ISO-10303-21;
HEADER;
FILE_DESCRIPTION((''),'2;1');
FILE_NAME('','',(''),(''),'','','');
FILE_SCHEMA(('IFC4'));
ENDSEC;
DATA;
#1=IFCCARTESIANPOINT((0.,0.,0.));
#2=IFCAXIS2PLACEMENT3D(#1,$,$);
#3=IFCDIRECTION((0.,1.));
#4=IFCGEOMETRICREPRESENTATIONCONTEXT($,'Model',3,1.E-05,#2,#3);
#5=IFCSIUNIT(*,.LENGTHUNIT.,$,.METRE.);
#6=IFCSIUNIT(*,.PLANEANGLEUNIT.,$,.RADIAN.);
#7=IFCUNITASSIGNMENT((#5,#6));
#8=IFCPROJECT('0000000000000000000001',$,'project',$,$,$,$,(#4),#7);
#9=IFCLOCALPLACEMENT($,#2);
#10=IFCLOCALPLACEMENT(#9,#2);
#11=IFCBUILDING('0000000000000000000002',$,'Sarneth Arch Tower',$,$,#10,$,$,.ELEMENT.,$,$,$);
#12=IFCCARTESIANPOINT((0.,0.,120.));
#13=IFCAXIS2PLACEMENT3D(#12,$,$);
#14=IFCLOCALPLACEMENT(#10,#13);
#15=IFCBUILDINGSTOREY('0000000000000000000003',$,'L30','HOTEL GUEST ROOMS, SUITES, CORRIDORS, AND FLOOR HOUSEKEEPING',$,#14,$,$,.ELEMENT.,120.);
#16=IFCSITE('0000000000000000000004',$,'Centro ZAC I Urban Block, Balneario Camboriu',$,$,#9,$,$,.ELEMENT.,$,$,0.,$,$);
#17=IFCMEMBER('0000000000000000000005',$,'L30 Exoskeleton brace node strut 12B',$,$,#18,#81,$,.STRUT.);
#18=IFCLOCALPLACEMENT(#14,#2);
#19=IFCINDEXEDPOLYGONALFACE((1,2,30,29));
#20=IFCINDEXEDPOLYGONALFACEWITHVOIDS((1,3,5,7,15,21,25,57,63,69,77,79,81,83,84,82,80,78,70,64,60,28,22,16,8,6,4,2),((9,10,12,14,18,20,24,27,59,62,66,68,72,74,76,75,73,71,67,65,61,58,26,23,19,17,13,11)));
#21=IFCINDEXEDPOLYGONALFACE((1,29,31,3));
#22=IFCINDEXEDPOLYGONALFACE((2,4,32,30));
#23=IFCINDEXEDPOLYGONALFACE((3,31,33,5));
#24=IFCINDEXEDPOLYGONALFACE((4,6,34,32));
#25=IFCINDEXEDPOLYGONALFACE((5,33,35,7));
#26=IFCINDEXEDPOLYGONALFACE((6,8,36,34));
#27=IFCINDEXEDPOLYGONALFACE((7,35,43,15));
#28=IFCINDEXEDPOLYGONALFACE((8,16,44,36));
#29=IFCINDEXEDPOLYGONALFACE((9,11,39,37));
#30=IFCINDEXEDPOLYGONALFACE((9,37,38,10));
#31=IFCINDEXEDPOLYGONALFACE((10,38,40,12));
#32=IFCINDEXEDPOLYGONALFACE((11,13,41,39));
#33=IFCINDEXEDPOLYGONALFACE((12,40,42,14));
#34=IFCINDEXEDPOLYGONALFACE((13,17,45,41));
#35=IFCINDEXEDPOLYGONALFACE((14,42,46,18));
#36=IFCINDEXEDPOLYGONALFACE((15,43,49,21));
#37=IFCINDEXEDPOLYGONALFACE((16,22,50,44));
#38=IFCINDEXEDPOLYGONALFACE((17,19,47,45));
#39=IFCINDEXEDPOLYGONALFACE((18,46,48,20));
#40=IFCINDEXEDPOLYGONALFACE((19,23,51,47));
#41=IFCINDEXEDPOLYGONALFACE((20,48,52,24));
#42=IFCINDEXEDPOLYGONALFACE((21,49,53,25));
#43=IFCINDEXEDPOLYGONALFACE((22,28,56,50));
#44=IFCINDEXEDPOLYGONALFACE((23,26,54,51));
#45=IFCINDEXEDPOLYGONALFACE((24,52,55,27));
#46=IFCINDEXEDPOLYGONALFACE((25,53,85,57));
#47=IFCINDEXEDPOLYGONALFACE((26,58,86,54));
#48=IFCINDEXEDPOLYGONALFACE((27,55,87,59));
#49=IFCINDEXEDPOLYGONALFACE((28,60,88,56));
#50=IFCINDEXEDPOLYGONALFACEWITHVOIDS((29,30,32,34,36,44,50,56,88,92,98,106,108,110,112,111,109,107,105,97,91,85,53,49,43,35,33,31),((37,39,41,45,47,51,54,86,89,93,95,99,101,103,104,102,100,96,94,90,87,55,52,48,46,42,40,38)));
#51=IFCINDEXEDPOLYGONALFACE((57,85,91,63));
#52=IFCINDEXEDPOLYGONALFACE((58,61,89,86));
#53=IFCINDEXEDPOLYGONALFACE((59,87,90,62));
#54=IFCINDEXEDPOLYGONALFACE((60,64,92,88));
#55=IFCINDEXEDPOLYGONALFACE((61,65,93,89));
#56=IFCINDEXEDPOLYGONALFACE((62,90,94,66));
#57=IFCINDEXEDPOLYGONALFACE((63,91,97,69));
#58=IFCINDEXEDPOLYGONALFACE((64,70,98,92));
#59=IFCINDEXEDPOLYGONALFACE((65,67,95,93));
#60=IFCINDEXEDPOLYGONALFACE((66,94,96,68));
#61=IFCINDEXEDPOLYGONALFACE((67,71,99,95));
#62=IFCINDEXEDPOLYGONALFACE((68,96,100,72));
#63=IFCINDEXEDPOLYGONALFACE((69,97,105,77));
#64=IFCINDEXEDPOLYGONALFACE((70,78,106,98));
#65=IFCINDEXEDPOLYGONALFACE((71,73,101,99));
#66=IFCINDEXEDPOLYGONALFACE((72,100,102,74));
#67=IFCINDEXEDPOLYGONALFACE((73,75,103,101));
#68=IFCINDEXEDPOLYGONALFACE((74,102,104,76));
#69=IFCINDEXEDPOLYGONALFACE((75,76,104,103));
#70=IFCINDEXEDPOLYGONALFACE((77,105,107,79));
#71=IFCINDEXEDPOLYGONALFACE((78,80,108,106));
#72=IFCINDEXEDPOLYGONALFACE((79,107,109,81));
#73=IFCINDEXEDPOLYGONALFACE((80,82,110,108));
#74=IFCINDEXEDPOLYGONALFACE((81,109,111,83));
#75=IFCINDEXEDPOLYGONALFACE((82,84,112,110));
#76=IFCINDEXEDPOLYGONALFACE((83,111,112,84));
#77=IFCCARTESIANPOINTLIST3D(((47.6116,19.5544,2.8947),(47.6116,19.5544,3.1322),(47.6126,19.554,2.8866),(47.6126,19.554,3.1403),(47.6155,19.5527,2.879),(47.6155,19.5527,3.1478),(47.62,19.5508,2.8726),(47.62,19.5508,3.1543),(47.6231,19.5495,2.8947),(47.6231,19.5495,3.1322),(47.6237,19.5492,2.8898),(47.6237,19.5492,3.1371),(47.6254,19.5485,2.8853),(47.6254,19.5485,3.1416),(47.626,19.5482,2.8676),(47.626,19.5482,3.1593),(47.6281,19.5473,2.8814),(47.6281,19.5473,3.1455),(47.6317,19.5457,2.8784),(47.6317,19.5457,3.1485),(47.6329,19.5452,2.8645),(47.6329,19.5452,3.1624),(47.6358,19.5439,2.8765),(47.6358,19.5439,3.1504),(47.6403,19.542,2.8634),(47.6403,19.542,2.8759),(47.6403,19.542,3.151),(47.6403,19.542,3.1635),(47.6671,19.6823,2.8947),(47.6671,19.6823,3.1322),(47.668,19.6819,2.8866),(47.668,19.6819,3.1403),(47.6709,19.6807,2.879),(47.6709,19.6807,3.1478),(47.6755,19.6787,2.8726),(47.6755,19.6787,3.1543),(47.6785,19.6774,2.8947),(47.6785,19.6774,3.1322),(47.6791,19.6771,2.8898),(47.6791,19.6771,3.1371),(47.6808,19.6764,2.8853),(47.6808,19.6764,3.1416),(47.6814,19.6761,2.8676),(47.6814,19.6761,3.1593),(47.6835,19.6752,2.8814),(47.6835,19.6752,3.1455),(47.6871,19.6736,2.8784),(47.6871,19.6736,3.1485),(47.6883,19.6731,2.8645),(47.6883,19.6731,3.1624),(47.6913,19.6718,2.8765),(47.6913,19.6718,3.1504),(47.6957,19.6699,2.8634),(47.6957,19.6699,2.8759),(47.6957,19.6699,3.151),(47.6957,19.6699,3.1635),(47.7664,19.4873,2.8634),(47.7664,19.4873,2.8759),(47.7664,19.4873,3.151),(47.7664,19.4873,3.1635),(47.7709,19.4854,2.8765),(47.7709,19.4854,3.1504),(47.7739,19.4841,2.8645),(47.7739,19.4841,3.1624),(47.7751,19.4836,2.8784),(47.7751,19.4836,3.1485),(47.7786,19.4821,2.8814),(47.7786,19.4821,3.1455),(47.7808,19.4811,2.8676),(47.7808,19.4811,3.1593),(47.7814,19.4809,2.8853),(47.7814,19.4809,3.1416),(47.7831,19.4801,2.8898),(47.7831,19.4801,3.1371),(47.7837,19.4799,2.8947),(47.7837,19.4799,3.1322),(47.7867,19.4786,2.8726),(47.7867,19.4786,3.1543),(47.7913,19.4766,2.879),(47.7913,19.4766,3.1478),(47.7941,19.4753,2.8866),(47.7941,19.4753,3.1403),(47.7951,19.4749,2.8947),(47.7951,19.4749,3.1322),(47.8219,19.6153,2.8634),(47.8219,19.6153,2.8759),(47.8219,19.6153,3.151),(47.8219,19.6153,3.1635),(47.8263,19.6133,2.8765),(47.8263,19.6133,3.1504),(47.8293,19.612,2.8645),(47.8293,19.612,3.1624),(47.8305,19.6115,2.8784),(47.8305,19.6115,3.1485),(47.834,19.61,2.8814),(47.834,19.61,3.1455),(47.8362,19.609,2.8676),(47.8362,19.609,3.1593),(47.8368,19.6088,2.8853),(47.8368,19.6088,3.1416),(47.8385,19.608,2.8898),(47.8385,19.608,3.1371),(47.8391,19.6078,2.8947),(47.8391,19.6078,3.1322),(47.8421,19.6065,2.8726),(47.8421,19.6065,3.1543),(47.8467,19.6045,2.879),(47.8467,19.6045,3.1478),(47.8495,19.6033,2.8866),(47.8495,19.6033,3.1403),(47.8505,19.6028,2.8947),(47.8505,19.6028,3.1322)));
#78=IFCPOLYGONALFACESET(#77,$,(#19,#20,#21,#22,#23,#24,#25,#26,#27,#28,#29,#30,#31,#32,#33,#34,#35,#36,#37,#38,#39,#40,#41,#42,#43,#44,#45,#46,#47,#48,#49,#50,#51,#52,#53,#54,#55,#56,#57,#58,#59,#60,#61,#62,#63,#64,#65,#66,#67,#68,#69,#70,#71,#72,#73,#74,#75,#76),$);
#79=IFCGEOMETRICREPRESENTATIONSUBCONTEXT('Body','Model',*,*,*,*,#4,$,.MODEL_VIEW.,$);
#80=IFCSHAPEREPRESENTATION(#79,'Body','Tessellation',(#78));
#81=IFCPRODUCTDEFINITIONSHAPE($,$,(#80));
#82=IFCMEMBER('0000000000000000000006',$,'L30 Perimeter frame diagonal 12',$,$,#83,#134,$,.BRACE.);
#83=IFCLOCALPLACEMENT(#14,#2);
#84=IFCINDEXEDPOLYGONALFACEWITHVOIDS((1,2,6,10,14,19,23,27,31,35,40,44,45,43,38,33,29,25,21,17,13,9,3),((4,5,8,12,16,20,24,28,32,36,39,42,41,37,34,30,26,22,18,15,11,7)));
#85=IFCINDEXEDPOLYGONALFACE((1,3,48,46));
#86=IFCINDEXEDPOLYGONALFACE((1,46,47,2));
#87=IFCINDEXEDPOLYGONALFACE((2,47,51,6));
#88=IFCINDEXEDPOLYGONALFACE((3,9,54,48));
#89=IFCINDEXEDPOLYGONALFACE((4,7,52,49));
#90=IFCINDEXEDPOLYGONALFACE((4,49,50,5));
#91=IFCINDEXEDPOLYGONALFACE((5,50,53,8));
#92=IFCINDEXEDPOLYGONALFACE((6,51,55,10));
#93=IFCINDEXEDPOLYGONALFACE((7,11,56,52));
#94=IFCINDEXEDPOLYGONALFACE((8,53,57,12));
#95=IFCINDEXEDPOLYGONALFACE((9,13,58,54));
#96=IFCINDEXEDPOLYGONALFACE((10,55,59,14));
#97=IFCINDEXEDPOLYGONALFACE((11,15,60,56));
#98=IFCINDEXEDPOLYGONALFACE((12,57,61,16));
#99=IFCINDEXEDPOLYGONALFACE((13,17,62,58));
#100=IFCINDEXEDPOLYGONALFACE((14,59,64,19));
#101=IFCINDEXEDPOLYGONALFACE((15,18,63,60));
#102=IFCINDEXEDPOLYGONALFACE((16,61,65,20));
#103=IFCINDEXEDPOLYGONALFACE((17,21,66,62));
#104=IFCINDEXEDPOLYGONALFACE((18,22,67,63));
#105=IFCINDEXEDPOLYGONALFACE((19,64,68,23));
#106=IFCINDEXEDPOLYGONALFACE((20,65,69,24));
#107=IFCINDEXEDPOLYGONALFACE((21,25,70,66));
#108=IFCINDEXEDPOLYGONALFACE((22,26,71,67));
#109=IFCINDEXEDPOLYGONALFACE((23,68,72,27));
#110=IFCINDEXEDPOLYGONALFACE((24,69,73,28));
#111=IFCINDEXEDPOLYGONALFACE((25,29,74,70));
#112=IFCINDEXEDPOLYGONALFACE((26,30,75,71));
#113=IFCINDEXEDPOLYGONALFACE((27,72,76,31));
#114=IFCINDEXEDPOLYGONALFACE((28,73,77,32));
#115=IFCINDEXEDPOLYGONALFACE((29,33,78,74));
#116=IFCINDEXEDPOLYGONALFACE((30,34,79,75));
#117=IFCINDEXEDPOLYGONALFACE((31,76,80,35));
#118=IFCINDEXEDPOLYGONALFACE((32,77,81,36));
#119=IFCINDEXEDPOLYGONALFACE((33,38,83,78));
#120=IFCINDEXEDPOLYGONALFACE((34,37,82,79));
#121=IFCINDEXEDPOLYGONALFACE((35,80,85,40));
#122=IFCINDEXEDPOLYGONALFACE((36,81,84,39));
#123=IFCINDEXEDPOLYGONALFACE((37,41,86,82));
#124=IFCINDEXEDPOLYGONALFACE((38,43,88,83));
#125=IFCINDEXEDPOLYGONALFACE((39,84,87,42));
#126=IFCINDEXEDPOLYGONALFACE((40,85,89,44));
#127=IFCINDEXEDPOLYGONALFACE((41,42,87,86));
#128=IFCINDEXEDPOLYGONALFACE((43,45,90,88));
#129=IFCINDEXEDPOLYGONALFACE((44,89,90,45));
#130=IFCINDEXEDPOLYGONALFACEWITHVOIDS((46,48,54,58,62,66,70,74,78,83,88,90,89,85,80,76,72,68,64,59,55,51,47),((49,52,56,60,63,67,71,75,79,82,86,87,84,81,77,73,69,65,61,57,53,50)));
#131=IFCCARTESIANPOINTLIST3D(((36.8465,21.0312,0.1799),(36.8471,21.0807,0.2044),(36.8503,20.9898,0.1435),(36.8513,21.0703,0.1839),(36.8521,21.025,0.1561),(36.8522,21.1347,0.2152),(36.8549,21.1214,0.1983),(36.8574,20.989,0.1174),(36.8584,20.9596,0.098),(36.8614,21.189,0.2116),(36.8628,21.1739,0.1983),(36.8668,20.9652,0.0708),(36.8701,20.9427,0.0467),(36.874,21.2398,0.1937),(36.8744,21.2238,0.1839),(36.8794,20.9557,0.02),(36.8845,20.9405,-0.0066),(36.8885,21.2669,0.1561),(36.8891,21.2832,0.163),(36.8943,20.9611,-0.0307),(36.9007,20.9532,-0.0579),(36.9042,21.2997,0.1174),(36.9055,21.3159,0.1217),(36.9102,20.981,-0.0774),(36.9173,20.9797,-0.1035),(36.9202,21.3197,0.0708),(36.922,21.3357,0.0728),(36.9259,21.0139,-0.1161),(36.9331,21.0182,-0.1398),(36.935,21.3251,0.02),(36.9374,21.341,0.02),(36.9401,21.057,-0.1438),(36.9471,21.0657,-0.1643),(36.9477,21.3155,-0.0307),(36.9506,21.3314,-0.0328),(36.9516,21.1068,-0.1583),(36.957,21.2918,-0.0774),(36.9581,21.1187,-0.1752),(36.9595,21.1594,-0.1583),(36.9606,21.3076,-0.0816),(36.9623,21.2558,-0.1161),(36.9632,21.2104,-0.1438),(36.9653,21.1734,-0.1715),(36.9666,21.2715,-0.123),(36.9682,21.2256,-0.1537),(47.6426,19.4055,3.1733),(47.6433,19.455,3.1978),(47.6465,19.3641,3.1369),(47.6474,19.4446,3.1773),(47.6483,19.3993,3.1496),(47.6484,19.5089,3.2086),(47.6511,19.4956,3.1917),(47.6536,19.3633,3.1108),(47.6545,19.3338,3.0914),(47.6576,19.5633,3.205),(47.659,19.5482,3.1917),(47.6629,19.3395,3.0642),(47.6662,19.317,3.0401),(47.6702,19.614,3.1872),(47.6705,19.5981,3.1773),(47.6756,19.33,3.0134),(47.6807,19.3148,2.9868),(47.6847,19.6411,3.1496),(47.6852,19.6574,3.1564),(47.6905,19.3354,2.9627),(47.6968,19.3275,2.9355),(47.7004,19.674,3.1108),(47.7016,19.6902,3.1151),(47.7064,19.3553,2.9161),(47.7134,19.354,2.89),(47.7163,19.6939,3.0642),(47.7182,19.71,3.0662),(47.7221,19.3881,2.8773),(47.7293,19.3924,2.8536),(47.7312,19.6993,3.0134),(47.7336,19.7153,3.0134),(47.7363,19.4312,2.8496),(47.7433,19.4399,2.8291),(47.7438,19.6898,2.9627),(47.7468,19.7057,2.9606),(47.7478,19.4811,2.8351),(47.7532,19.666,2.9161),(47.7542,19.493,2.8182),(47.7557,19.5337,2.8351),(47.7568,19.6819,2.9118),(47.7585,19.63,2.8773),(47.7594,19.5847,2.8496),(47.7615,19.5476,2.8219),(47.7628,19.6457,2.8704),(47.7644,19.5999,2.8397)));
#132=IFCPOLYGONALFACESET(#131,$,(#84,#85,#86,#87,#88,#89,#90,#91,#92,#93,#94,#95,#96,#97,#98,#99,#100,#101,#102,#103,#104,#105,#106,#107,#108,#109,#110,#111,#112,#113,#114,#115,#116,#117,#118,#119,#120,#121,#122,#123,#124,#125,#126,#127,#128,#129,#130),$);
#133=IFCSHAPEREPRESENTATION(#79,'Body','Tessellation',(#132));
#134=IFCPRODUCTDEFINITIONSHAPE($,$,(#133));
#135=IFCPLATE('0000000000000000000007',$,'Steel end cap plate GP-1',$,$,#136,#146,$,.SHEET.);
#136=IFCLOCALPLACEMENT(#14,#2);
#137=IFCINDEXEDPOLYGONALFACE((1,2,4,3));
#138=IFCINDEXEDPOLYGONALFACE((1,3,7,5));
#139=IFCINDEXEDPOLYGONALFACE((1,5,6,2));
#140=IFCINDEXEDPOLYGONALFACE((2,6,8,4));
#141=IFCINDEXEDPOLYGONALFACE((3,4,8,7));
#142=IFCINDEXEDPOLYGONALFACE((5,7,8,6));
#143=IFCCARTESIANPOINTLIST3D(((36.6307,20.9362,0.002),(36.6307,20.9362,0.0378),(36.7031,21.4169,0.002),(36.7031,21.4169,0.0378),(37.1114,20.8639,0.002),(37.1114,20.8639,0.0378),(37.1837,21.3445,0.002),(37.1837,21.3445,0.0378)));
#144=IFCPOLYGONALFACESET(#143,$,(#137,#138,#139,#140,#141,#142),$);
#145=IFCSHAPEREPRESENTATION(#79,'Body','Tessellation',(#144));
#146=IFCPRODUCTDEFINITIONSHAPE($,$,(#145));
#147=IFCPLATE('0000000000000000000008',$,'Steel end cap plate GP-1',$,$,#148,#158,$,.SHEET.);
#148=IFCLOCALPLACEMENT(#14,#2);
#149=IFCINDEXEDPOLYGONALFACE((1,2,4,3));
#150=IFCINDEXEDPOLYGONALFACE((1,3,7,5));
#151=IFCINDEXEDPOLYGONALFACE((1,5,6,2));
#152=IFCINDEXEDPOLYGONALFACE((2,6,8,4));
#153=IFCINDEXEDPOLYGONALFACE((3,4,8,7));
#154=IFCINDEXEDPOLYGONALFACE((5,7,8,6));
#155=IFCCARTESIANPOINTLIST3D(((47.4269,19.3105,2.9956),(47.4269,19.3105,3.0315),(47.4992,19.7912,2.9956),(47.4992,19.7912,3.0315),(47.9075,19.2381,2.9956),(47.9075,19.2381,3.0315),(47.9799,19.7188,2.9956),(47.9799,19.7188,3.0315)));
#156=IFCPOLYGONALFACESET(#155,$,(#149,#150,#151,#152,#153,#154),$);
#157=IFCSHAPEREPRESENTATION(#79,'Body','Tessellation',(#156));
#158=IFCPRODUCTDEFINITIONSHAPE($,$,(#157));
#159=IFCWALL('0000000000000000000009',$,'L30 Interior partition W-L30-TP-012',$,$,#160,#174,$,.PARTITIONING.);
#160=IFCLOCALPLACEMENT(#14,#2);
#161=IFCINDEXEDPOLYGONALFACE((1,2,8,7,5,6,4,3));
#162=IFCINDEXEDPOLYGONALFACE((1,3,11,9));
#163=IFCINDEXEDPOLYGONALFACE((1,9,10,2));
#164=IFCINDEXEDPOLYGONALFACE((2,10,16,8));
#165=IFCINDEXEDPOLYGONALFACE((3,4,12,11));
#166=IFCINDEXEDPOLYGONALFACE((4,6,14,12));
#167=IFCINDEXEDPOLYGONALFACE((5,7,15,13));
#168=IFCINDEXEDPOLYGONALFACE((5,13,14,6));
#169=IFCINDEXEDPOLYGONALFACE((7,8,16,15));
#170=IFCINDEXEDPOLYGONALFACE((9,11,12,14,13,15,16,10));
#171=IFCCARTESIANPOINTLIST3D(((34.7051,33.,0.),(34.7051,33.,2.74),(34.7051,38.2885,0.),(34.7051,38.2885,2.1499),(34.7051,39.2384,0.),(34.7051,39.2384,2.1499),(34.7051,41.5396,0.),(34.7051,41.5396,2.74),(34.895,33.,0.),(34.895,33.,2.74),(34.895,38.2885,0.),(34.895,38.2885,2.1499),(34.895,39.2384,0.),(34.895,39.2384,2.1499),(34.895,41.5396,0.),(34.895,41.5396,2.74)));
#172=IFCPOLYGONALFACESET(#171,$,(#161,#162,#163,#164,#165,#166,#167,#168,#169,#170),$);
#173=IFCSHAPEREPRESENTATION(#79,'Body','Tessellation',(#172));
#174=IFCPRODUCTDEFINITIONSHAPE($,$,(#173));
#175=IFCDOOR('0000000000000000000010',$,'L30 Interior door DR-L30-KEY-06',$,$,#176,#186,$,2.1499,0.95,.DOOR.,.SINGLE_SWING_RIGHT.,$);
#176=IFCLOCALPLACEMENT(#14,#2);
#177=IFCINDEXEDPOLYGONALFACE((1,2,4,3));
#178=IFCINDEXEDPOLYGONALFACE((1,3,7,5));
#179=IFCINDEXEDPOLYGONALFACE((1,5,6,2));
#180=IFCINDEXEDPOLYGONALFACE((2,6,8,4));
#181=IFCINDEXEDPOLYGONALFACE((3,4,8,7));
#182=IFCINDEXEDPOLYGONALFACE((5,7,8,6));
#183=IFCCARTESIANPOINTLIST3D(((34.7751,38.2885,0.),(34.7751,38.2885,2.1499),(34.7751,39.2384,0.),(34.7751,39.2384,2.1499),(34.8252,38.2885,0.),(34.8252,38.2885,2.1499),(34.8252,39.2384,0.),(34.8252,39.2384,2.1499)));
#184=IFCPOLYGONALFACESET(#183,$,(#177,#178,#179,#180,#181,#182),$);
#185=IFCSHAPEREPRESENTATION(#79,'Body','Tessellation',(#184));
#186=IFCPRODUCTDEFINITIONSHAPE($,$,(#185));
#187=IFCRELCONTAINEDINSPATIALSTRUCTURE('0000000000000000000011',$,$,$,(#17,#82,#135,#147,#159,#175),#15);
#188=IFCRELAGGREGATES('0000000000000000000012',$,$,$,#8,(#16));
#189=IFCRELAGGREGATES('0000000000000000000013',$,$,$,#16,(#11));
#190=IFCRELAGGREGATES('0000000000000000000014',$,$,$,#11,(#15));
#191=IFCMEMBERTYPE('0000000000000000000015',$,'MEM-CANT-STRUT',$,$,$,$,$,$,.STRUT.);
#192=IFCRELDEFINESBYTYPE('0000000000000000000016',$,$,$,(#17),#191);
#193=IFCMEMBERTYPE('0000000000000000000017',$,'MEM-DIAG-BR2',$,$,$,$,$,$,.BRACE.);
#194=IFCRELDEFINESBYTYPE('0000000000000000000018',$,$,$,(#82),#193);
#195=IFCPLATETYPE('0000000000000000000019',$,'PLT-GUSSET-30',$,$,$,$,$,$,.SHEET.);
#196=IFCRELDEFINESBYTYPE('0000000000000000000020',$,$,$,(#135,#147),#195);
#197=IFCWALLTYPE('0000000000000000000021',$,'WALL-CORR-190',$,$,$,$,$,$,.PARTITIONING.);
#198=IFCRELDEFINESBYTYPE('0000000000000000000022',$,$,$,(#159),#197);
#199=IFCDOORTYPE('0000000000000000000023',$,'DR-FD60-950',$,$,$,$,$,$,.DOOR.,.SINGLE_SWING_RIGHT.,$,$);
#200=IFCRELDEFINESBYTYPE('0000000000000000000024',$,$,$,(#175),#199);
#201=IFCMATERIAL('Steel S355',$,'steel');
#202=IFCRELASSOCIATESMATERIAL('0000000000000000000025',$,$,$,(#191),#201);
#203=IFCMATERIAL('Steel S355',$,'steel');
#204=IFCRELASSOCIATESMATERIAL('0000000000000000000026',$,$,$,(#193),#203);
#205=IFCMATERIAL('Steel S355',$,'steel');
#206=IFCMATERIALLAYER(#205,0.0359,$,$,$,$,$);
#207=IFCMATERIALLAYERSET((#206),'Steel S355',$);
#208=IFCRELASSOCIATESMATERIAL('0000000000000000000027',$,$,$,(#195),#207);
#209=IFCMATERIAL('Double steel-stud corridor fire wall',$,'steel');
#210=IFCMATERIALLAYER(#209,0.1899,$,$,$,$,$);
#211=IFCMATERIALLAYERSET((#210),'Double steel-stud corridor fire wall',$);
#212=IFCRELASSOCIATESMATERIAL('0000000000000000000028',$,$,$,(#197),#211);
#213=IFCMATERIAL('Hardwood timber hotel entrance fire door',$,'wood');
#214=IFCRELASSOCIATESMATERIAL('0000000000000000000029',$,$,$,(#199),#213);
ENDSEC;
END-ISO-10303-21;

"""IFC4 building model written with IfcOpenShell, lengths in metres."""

from ifc_helpers import new_model, si_unit, direction, frame, frame_2d, origin, origin_2d, place, context, subcontext, project, spatial, rectangle, hollow_rectangle, hollow_circle, extrude, material, layer, layer_set, material_profile, profile_set, type_object, element, fill, save


model = new_model("IFC4")

# Units and contexts
model_context = context("Model", 3, precision=1e-05, world=origin(), true_north=direction((0.0, 1.0)))
body_context = subcontext(model_context, "Body", "Model", "MODEL_VIEW")
ifc_project = project(units=[si_unit("LENGTHUNIT", "METRE"), si_unit("PLANEANGLEUNIT", "RADIAN")], contexts=[model_context])

# Site, building, storey
site_placement = place(None, origin())
site = spatial("IfcSite", under=ifc_project, at=site_placement, Name="Centro ZAC I Urban Block, Balneario Camboriu", CompositionType="ELEMENT", RefElevation=0.0)
building_placement = place(site_placement, origin())
building = spatial("IfcBuilding", under=site, at=building_placement, Name="Sarneth Arch Tower", CompositionType="ELEMENT")
storey_placement = place(building_placement, frame((0.0, 0.0, 120.0)))
storey = spatial("IfcBuildingStorey", under=building, at=storey_placement, Name="L30", Description="HOTEL GUEST ROOMS, SUITES, CORRIDORS, AND FLOOR HOUSEKEEPING", CompositionType="ELEMENT", Elevation=120.0)

# Members
ifc_material_1 = material(Name="Steel S355", Category="steel")
ifc_material_profile_1 = material_profile(ifc_material_1, hollow_rectangle(XDim=0.2, YDim=0.3, WallThickness=0.0125, InnerFilletRadius=0.0188, OuterFilletRadius=0.0312, at=origin_2d()), Name="RHS300x200x12.5")
ifc_profile_set_1 = profile_set([ifc_material_profile_1], Name="Steel S355")
member_type_1 = type_object("IfcMemberType", Name="MEM-CANT-STRUT", PredefinedType="STRUT", material=ifc_profile_set_1)
member_1_placement = place(storey_placement, frame((47.7588, 19.6426, 3.0134), z_axis=(-0.397509, -0.917598, 0.0), x_axis=(0.917598, -0.397509, 0.0)))
element("IfcMember", 1, at=member_1_placement, inside=storey, type_object=member_type_1, Name="L30 Exoskeleton brace node strut 12B", PredefinedType="STRUT", context=body_context, shape_type="SweptSolid", body=[
    extrude(hollow_rectangle(XDim=0.2, YDim=0.3, WallThickness=0.0125, InnerFilletRadius=0.0188, OuterFilletRadius=0.0312, at=origin_2d()), origin(), (0.0, 0.0, 1.0), 0.1394),
])
ifc_material_2 = material(Name="Steel S355", Category="steel")
ifc_material_profile_2 = material_profile(ifc_material_2, hollow_circle(Radius=0.2029, WallThickness=0.0161, at=origin_2d()), Name="CHS406x16")
ifc_profile_set_2 = profile_set([ifc_material_profile_2], Name="Steel S355")
member_type_2 = type_object("IfcMemberType", Name="MEM-DIAG-BR2", PredefinedType="BRACE", material=ifc_profile_set_2)
member_2_placement = place(storey_placement, frame((36.9072, 21.1404, 0.02), z_axis=(0.953657, -0.143606, 0.264417), x_axis=(0.148906, 0.988851, 0.0)))
element("IfcMember", 2, at=member_2_placement, inside=storey, type_object=member_type_2, Name="L30 Perimeter frame diagonal 12", PredefinedType="BRACE", context=body_context, shape_type="SweptSolid", body=[
    extrude(hollow_circle(Radius=0.2029, WallThickness=0.0161, at=origin_2d()), origin(), (0.0, 0.0, 1.0), 11.3208),
])

# Plates
ifc_material_3 = material(Name="Steel S355", Category="steel")
ifc_layer_1 = layer(ifc_material_3, 0.0359)
ifc_layer_set_1 = layer_set([ifc_layer_1], Name="Steel S355")
plate_type = type_object("IfcPlateType", Name="PLT-GUSSET-30", PredefinedType="SHEET", material=ifc_layer_set_1)
for number, where, z_axis, x_axis, name in (
    (3, (36.9072, 21.1404, 0.002), (0.0, 0.0, 1.0), (0.988861, -0.148845, 0.0), "Steel end cap plate GP-1"),
    (4, (47.7034, 19.5146, 2.9956), (0.0, 0.0, 1.0), (0.988861, -0.148845, 0.0), "Steel end cap plate GP-1"),
):
    element("IfcPlate", number, at=place(storey_placement, frame(where, z_axis=z_axis, x_axis=x_axis)), inside=storey, type_object=plate_type, Name=name, PredefinedType="SHEET", context=body_context, shape_type="SweptSolid", body=[
        extrude(rectangle(XDim=0.4861, YDim=0.4861, at=origin_2d()), origin(), (0.0, 0.0, 1.0), 0.0359),
    ])

# Wall, opening, door
ifc_material_4 = material(Name="Double steel-stud corridor fire wall", Category="steel")
ifc_layer_2 = layer(ifc_material_4, 0.1899)
ifc_layer_set_2 = layer_set([ifc_layer_2], Name="Double steel-stud corridor fire wall")
wall_type_1 = type_object("IfcWallType", Name="WALL-CORR-190", PredefinedType="PARTITIONING", material=ifc_layer_set_2)
wall_1_placement = place(storey_placement, frame((34.8, 33.0, 0.0), z_axis=(0.0, 0.0, 1.0), x_axis=(0.0, 1.0, 0.0)))
wall_1 = element("IfcWall", 5, at=wall_1_placement, inside=storey, type_object=wall_type_1, Name="L30 Interior partition W-L30-TP-012", PredefinedType="PARTITIONING", context=body_context, shape_type="SweptSolid", body=[
    extrude(rectangle(XDim=8.5396, YDim=0.1899, at=frame_2d((4.2698, 0.0))), origin(), (0.0, 0.0, 1.0), 2.74),
])
opening_1_placement = place(wall_1_placement, frame((5.2883, 0.0, 0.0)))
opening_1 = element("IfcOpeningElement", 6, at=opening_1_placement, cuts=wall_1, PredefinedType="OPENING", context=body_context, shape_type="SweptSolid", body=[
    extrude(rectangle(XDim=0.95, YDim=2.1499, at=frame_2d((0.4751, 1.075))), frame((0.0, 0.105, 0.0), z_axis=(0.0, -1.0, 0.0), x_axis=(1.0, 0.0, 0.0)), (0.0, 0.0, 1.0), 0.21),
])
ifc_material_5 = material(Name="Hardwood timber hotel entrance fire door", Category="wood")
door_type_1 = type_object("IfcDoorType", Name="DR-FD60-950", OperationType="SINGLE_SWING_RIGHT", PredefinedType="DOOR", material=ifc_material_5)
door_1_placement = place(opening_1_placement, origin())
door_1 = element("IfcDoor", 7, at=door_1_placement, inside=storey, type_object=door_type_1, Name="L30 Interior door DR-L30-KEY-06", OperationType="SINGLE_SWING_RIGHT", OverallHeight=2.1499, OverallWidth=0.95, PredefinedType="DOOR", context=body_context, shape_type="SweptSolid", body=[
    extrude(rectangle(XDim=0.95, YDim=2.1499, at=frame_2d((0.4751, 1.075))), frame((0.0, 0.0249, 0.0), z_axis=(0.0, -1.0, 0.0), x_axis=(1.0, 0.0, 0.0)), (0.0, 0.0, 1.0), 0.05),
])
fill(opening_1, door_1)

save(model, "model.ifc")
